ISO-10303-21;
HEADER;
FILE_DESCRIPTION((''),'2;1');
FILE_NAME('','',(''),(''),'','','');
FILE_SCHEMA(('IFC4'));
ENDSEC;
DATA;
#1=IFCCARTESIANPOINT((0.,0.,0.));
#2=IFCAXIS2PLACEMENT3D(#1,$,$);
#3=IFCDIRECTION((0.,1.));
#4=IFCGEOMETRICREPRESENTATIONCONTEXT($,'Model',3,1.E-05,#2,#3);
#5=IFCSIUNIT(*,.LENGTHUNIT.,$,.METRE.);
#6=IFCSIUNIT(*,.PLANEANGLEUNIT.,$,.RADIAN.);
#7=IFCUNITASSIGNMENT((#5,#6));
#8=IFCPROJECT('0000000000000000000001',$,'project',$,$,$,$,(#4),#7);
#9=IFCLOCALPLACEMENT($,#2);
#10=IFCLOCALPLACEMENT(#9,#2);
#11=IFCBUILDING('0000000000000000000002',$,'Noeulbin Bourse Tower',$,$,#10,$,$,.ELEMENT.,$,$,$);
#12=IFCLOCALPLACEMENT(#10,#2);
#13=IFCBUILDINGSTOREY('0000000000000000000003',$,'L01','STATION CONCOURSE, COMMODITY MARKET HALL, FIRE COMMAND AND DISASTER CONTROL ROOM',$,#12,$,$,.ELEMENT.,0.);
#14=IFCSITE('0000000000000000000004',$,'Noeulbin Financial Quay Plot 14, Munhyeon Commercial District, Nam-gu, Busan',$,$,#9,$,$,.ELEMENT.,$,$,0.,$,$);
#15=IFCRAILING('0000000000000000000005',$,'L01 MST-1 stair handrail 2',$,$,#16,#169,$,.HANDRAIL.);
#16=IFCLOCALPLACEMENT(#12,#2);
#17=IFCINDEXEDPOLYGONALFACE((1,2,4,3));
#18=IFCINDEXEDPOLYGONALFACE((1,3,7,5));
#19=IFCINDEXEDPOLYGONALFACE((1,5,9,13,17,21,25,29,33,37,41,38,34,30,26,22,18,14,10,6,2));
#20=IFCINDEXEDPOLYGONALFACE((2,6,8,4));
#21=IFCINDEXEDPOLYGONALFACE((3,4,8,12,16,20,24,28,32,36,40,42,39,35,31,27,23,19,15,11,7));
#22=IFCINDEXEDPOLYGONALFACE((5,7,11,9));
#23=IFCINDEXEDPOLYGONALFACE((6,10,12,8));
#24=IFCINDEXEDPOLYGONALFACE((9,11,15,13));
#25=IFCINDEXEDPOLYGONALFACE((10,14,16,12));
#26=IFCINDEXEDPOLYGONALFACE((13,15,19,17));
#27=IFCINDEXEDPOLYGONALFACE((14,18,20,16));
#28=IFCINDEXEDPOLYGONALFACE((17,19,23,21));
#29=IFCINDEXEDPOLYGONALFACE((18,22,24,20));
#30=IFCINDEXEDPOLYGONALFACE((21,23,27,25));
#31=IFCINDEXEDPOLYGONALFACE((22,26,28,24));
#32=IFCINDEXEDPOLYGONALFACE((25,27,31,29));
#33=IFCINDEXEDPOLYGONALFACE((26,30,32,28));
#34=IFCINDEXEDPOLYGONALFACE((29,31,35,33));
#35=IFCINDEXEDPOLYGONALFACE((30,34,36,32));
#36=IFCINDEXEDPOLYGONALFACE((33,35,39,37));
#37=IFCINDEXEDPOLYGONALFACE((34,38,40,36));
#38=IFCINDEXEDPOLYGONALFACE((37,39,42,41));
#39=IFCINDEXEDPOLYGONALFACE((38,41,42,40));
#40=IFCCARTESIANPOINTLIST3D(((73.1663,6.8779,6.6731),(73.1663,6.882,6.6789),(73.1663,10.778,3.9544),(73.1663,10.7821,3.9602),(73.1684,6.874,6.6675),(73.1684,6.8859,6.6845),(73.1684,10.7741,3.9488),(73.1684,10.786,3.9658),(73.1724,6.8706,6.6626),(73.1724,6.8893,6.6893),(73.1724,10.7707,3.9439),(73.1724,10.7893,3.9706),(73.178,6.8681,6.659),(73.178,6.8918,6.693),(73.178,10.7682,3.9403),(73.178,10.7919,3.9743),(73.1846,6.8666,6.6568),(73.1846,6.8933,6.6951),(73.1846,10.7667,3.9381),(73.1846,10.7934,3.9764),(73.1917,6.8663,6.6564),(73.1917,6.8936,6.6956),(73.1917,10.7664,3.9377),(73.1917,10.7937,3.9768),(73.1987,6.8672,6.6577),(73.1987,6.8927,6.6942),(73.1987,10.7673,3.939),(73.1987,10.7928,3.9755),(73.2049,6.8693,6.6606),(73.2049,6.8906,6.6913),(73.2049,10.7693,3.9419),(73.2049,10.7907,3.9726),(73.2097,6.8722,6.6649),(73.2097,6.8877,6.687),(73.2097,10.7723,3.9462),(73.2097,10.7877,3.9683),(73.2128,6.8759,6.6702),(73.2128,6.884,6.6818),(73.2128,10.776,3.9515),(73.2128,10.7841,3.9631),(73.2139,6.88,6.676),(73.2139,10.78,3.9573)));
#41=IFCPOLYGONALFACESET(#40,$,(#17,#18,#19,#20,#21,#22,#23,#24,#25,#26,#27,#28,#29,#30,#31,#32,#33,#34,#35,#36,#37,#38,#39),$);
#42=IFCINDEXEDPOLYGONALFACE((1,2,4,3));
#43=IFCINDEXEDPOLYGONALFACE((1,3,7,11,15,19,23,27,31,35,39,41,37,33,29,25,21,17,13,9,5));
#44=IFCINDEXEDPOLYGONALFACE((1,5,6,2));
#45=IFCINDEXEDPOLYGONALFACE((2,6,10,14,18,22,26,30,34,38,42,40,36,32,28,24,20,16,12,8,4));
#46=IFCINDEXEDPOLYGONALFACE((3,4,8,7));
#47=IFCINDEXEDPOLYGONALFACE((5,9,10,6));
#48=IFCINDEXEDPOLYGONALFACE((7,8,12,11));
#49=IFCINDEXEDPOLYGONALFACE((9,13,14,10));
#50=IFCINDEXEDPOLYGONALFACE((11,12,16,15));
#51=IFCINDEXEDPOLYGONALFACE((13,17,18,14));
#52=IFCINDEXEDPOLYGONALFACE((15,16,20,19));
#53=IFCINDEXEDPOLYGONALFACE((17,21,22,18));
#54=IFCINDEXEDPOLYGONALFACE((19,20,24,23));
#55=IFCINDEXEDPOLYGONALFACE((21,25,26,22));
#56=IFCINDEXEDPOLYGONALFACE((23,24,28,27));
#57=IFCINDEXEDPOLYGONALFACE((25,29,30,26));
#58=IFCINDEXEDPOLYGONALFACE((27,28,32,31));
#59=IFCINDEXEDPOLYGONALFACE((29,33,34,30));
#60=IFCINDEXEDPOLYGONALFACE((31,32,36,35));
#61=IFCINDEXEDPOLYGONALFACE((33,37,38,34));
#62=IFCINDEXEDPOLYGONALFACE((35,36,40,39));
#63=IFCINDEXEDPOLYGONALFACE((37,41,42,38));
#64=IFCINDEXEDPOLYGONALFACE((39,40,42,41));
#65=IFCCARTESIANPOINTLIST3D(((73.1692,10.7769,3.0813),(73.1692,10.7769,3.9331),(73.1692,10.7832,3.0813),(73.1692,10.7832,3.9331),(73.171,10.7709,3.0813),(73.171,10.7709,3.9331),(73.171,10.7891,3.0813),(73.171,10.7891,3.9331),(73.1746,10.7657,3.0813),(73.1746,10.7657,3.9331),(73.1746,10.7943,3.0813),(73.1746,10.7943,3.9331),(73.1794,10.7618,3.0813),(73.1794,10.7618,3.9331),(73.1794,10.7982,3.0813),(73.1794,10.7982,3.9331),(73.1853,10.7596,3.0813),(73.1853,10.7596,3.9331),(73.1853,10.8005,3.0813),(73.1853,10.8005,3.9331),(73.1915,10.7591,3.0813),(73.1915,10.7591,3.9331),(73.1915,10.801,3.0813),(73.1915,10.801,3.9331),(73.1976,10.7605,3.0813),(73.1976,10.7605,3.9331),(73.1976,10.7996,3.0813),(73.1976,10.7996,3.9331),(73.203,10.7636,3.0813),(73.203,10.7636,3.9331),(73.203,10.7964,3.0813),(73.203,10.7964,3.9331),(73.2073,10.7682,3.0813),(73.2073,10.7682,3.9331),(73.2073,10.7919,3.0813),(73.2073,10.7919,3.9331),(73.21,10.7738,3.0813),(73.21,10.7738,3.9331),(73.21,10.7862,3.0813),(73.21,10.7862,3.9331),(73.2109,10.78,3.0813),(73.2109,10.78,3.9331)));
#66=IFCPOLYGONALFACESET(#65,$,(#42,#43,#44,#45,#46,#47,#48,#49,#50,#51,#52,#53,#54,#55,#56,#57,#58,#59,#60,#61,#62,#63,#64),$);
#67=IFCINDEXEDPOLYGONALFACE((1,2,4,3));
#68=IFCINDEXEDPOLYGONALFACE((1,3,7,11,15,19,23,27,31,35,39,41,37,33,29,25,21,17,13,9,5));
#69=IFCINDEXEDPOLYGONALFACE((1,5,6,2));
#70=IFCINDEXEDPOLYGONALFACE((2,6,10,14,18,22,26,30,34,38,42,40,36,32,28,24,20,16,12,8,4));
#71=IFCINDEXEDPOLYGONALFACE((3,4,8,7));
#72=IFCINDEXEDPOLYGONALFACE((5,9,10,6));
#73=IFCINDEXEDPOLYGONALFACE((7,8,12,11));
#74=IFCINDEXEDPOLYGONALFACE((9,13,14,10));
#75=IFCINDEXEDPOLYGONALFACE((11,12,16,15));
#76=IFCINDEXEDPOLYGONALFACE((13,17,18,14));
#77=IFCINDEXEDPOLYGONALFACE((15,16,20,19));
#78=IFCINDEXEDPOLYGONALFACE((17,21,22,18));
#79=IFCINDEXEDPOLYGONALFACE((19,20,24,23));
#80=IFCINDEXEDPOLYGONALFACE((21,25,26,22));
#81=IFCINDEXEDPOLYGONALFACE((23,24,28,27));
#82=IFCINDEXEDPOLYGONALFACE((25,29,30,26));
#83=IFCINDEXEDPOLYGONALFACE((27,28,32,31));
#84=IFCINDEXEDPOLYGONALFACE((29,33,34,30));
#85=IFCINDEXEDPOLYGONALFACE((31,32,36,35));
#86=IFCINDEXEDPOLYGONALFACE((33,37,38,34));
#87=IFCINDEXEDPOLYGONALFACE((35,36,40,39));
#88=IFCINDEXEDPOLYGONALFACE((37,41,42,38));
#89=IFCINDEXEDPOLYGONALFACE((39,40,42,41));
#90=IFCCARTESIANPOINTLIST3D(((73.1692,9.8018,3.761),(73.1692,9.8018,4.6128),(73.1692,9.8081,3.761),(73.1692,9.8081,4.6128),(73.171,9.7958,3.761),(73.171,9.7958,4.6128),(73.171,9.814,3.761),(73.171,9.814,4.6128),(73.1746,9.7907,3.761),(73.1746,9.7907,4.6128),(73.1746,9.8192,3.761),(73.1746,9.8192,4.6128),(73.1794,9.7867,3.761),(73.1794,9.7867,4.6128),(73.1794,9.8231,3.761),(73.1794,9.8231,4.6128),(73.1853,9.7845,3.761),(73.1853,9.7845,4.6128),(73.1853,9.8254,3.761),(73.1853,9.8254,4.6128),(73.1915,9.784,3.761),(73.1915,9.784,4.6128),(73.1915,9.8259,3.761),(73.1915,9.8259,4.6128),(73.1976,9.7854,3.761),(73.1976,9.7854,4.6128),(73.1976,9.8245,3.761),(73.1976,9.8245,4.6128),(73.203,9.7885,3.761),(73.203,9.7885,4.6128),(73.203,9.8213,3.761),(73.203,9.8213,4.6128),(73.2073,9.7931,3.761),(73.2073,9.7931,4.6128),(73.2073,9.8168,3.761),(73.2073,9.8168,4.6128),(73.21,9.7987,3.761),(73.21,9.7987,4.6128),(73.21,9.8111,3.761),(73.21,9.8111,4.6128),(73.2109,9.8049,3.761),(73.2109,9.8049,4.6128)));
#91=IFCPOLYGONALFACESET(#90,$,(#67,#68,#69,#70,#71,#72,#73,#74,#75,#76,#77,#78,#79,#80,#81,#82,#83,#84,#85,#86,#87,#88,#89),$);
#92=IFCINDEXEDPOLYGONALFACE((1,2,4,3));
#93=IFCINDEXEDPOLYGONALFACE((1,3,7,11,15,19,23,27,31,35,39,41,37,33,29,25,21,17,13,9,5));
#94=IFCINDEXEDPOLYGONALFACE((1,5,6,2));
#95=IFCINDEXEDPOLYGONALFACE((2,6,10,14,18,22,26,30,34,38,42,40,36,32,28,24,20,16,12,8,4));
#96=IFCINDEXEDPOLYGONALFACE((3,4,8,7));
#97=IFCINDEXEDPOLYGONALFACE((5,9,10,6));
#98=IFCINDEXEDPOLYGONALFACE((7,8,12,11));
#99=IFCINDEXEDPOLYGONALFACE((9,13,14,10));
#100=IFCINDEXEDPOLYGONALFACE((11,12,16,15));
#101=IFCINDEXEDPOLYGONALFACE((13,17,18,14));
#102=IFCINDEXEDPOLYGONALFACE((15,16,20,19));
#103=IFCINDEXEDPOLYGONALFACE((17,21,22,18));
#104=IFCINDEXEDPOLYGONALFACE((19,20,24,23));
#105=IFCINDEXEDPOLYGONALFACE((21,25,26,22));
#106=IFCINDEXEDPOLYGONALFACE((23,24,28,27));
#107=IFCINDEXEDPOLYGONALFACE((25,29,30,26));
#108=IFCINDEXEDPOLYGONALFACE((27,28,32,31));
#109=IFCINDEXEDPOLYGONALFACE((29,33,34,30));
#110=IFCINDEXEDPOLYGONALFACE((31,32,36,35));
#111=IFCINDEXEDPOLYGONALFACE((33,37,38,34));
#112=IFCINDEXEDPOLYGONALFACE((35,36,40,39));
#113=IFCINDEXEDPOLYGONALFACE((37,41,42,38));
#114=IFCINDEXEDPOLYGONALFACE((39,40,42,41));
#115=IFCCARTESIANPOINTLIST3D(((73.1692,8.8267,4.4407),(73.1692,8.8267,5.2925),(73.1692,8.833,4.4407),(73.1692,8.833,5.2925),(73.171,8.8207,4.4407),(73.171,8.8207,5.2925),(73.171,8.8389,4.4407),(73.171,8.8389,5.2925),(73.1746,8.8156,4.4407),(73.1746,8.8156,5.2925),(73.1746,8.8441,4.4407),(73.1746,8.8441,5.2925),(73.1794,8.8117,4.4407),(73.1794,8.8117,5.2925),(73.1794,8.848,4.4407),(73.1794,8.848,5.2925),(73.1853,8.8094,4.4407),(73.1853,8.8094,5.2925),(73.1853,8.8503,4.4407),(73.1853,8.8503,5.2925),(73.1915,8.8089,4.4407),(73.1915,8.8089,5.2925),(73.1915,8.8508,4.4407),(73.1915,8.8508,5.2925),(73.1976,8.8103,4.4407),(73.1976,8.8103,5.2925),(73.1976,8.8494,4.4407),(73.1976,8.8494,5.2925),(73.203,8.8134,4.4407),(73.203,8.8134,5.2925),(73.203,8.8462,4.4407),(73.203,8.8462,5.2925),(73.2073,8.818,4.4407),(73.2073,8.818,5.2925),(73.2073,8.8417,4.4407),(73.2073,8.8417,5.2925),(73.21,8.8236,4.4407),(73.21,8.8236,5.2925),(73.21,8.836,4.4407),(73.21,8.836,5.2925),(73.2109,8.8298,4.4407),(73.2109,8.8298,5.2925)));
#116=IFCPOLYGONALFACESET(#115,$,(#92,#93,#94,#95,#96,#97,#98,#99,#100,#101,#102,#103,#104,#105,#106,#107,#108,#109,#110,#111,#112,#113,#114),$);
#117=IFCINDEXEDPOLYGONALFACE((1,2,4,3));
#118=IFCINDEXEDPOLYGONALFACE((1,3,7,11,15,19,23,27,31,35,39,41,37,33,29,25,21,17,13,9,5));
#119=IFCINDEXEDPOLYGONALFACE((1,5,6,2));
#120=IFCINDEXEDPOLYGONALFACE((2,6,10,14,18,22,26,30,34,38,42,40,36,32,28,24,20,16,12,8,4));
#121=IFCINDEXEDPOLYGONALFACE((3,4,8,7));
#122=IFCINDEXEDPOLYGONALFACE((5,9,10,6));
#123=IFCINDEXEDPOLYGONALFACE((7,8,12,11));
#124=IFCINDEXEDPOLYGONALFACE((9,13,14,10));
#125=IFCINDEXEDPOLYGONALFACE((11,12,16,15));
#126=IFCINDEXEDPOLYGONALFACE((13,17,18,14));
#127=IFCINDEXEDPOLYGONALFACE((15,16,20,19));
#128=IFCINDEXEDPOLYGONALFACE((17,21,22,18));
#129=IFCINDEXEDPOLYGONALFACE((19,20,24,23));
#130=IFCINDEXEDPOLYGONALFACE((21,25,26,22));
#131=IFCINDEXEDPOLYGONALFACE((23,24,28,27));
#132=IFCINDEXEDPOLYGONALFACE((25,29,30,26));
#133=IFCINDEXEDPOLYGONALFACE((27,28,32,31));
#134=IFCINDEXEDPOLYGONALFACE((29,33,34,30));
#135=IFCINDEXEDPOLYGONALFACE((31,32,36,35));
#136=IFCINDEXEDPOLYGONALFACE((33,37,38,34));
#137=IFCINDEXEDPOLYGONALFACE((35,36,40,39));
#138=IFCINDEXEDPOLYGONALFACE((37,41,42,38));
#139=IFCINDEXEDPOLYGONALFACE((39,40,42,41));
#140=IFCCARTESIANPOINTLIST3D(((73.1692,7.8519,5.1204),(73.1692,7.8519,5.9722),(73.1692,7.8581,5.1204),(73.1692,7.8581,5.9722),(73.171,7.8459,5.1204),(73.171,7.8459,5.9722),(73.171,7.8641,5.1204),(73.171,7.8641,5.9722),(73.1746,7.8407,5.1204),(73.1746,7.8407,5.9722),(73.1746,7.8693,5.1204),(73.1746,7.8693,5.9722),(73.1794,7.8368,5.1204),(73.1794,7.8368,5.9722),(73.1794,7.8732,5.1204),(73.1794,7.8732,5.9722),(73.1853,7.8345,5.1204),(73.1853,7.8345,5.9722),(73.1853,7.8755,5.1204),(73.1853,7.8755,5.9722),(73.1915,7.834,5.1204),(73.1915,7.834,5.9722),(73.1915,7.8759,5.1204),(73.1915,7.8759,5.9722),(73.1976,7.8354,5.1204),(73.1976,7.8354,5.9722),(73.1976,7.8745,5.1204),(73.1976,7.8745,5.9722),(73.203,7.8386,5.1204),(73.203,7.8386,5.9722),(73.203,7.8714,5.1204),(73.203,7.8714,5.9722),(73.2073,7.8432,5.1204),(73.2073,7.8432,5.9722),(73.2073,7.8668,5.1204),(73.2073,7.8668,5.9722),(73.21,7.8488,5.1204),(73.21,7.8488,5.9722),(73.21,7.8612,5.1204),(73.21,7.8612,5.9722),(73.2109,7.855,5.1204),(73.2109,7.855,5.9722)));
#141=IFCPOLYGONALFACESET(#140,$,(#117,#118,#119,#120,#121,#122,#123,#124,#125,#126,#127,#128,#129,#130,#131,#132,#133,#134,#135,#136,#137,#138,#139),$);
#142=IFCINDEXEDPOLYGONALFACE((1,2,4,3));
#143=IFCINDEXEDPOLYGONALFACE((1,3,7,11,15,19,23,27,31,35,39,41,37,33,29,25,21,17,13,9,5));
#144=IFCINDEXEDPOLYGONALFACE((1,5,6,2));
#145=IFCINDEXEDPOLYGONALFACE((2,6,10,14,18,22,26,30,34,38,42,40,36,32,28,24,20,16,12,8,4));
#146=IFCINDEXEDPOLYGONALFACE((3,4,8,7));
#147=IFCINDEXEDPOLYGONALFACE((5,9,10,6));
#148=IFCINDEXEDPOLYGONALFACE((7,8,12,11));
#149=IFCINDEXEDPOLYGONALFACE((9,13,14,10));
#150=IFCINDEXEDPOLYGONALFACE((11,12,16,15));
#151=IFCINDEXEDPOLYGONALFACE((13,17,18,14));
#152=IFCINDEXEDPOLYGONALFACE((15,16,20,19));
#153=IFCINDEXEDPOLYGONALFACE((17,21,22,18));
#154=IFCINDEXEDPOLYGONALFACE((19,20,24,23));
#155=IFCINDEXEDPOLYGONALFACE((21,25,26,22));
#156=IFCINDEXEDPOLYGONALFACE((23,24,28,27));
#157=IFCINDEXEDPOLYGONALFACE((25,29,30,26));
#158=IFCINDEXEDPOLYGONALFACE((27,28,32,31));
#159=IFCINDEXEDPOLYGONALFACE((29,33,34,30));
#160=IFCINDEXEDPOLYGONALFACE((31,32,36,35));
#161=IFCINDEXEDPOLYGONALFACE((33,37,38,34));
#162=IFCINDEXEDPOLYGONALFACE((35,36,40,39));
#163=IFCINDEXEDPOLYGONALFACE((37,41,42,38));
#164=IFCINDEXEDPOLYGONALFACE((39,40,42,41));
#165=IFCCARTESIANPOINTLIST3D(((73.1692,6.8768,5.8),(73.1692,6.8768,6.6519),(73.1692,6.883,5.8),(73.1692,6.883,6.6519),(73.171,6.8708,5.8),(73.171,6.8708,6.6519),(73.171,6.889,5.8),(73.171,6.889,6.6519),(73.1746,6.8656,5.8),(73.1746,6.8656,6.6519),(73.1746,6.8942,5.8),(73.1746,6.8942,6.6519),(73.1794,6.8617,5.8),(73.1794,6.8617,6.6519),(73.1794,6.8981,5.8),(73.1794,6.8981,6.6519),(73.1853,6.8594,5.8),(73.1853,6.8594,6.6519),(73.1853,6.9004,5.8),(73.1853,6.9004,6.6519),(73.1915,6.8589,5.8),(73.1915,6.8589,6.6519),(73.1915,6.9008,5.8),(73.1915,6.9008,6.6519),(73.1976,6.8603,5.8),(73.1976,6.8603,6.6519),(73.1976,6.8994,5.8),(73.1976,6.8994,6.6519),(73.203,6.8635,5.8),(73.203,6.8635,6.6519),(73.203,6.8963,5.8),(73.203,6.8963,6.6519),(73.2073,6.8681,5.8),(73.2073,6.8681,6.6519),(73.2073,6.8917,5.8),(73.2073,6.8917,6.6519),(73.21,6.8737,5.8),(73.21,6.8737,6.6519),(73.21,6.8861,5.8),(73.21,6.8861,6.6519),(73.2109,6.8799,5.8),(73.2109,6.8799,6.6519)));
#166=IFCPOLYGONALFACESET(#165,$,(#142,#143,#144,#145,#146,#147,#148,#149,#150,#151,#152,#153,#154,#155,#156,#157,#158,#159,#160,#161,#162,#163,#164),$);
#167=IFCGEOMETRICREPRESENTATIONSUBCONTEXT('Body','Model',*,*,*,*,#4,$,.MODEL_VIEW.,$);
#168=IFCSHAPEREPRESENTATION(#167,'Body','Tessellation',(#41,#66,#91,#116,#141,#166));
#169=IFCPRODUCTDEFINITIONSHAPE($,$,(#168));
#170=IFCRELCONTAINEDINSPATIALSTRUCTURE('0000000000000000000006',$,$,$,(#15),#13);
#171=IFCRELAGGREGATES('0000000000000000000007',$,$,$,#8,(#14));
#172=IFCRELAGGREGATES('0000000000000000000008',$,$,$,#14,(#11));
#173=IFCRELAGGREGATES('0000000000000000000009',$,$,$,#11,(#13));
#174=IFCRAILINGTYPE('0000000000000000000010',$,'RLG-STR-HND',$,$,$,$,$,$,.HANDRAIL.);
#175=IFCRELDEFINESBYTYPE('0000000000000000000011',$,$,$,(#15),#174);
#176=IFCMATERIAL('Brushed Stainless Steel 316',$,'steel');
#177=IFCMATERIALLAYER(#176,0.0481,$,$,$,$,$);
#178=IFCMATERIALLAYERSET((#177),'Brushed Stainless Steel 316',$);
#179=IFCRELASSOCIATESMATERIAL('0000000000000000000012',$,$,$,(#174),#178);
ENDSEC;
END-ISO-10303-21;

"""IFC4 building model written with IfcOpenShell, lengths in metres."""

from ifc_helpers import new_model, si_unit, direction, frame, origin, origin_2d, place, context, subcontext, project, spatial, circle, extrude, material, layer, layer_set, type_object, element, save


model = new_model("IFC4")

# Units and contexts
model_context = context("Model", 3, precision=1e-05, world=origin(), true_north=direction((0.0, 1.0)))
body_context = subcontext(model_context, "Body", "Model", "MODEL_VIEW")
ifc_project = project(units=[si_unit("LENGTHUNIT", "METRE"), si_unit("PLANEANGLEUNIT", "RADIAN")], contexts=[model_context])

# Site, building, storey
site_placement = place(None, origin())
site = spatial("IfcSite", under=ifc_project, at=site_placement, Name="Noeulbin Financial Quay Plot 14, Munhyeon Commercial District, Nam-gu, Busan", CompositionType="ELEMENT", RefElevation=0.0)
building_placement = place(site_placement, origin())
building = spatial("IfcBuilding", under=site, at=building_placement, Name="Noeulbin Bourse Tower", CompositionType="ELEMENT")
storey_placement = place(building_placement, origin())
storey = spatial("IfcBuildingStorey", under=building, at=storey_placement, Name="L01", Description="STATION CONCOURSE, COMMODITY MARKET HALL, FIRE COMMAND AND DISASTER CONTROL ROOM", CompositionType="ELEMENT", Elevation=0.0)

# Railing
ifc_material_1 = material(Name="Brushed Stainless Steel 316", Category="steel")
ifc_layer_1 = layer(ifc_material_1, 0.0481)
ifc_layer_set_1 = layer_set([ifc_layer_1], Name="Brushed Stainless Steel 316")
railing_type_1 = type_object("IfcRailingType", Name="RLG-STR-HND", PredefinedType="HANDRAIL", material=ifc_layer_set_1)
railing_1_placement = place(storey_placement, frame((73.1899, 10.78, 3.0813)))
element("IfcRailing", 1, at=railing_1_placement, inside=storey, type_object=railing_type_1, Name="L01 MST-1 stair handrail 2", PredefinedType="HANDRAIL", context=body_context, shape_type="SweptSolid", body=[
    extrude(circle(Radius=0.0239, at=origin_2d()), frame((0.0, 0.0, 0.876), z_axis=(0.0, -0.820352, 0.571859), x_axis=(1.0, 0.0, 0.0)), (0.0, 0.0, 1.0), 4.7542),
    extrude(circle(Radius=0.021, at=origin_2d()), origin(), (0.0, 0.0, 1.0), 0.8518),
    extrude(circle(Radius=0.021, at=origin_2d()), frame((0.0, -0.9751, 0.6797)), (0.0, 0.0, 1.0), 0.8518),
    extrude(circle(Radius=0.021, at=origin_2d()), frame((0.0, -1.9502, 1.3594)), (0.0, 0.0, 1.0), 0.8518),
    extrude(circle(Radius=0.021, at=origin_2d()), frame((0.0, -2.925, 2.0391)), (0.0, 0.0, 1.0), 0.8518),
    extrude(circle(Radius=0.021, at=origin_2d()), frame((0.0, -3.9001, 2.7188)), (0.0, 0.0, 1.0), 0.8518),
])

save(model, "model.ifc")
